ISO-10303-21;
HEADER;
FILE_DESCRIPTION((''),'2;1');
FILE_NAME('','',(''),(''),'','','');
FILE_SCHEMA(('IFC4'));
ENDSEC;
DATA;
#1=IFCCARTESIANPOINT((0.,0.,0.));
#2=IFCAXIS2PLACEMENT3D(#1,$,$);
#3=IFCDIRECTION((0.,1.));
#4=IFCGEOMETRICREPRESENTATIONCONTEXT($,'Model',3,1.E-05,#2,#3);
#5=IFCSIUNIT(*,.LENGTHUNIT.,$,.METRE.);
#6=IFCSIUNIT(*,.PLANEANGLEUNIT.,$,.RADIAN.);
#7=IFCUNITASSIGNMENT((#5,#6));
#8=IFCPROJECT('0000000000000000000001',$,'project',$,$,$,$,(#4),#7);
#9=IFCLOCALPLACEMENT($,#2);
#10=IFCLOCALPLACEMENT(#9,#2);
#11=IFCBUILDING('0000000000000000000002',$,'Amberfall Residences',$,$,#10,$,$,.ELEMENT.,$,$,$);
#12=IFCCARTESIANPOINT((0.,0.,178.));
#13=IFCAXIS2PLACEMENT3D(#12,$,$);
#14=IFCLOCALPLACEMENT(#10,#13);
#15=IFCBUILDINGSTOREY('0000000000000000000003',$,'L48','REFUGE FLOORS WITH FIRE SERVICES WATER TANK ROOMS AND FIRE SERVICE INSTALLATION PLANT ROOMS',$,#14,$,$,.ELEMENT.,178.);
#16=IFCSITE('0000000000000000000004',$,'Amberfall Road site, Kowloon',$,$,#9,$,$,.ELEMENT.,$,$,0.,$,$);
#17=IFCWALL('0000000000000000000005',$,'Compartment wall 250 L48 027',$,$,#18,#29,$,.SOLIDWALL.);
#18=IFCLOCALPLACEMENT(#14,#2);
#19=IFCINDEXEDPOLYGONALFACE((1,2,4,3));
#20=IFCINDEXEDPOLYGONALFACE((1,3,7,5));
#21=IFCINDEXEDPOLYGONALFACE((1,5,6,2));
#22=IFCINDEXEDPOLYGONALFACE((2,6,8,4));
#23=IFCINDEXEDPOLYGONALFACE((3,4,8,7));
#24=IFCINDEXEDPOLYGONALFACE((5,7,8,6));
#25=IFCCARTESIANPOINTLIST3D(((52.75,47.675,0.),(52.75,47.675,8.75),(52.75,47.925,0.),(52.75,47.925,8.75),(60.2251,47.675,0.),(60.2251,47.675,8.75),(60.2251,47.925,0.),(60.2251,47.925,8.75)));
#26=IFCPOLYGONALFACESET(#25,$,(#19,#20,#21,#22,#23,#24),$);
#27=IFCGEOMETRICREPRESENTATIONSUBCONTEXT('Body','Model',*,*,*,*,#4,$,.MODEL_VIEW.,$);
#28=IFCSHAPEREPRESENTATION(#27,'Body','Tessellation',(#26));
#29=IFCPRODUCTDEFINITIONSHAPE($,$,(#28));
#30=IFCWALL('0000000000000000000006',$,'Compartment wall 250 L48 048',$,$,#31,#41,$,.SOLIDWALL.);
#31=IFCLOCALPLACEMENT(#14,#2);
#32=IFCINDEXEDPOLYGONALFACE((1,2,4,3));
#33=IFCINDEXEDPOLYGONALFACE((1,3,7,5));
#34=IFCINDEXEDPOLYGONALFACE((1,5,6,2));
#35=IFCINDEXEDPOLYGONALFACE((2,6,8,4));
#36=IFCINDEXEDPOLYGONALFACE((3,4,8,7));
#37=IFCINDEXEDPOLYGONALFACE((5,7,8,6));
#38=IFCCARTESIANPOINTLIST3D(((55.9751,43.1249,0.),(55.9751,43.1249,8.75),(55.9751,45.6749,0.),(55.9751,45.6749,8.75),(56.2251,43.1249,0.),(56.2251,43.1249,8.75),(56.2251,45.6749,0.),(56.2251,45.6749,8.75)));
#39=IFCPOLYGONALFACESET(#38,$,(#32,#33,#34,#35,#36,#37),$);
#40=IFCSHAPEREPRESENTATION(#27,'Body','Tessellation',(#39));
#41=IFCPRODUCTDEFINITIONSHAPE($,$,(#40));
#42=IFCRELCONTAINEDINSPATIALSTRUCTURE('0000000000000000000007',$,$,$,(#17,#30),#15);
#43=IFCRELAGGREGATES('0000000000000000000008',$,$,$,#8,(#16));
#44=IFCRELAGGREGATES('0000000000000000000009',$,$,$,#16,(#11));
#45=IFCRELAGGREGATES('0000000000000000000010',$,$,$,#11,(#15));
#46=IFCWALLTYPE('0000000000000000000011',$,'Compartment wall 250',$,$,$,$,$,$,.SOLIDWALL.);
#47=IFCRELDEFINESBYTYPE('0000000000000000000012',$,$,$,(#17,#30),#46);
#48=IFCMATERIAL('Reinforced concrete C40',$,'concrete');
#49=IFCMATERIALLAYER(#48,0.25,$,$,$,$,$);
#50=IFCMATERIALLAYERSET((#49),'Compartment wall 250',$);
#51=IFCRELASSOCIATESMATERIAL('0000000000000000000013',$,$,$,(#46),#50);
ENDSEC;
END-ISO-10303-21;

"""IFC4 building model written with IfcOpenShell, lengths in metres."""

from ifc_helpers import new_model, si_unit, direction, frame, frame_2d, origin, place, context, subcontext, project, spatial, rectangle, extrude, material, layer, layer_set, type_object, element, save


model = new_model("IFC4")

# Units and contexts
model_context = context("Model", 3, precision=1e-05, world=origin(), true_north=direction((0.0, 1.0)))
body_context = subcontext(model_context, "Body", "Model", "MODEL_VIEW")
ifc_project = project(units=[si_unit("LENGTHUNIT", "METRE"), si_unit("PLANEANGLEUNIT", "RADIAN")], contexts=[model_context])

# Site, building, storey
site_placement = place(None, origin())
site = spatial("IfcSite", under=ifc_project, at=site_placement, Name="Amberfall Road site, Kowloon", CompositionType="ELEMENT", RefElevation=0.0)
building_placement = place(site_placement, origin())
building = spatial("IfcBuilding", under=site, at=building_placement, Name="Amberfall Residences", CompositionType="ELEMENT")
storey_placement = place(building_placement, frame((0.0, 0.0, 178.0)))
storey = spatial("IfcBuildingStorey", under=building, at=storey_placement, Name="L48", Description="REFUGE FLOORS WITH FIRE SERVICES WATER TANK ROOMS AND FIRE SERVICE INSTALLATION PLANT ROOMS", CompositionType="ELEMENT", Elevation=178.0)

# Walls
ifc_material_1 = material(Name="Reinforced concrete C40", Category="concrete")
ifc_layer = layer(ifc_material_1, 0.25)
ifc_layer_set = layer_set([ifc_layer], Name="Compartment wall 250")
wall_type = type_object("IfcWallType", Name="Compartment wall 250", PredefinedType="SOLIDWALL", material=ifc_layer_set)
wall_1_placement = place(storey_placement, frame((52.75, 47.8, 0.0), z_axis=(0.0, 0.0, 1.0), x_axis=(1.0, 0.0, 0.0)))
element("IfcWall", 1, at=wall_1_placement, inside=storey, type_object=wall_type, Name="Compartment wall 250 L48 027", PredefinedType="SOLIDWALL", context=body_context, shape_type="SweptSolid", body=[
    extrude(rectangle(XDim=7.4751, YDim=0.25, at=frame_2d((3.7375, 0.0))), origin(), (0.0, 0.0, 1.0), 8.75),
])
wall_2_placement = place(storey_placement, frame((56.1001, 43.125, 0.0), z_axis=(0.0, 0.0, 1.0), x_axis=(0.0, 1.0, 0.0)))
element("IfcWall", 2, at=wall_2_placement, inside=storey, type_object=wall_type, Name="Compartment wall 250 L48 048", PredefinedType="SOLIDWALL", context=body_context, shape_type="SweptSolid", body=[
    extrude(rectangle(XDim=2.55, YDim=0.25, at=frame_2d((1.2749, 0.0))), origin(), (0.0, 0.0, 1.0), 8.75),
])

save(model, "model.ifc")
